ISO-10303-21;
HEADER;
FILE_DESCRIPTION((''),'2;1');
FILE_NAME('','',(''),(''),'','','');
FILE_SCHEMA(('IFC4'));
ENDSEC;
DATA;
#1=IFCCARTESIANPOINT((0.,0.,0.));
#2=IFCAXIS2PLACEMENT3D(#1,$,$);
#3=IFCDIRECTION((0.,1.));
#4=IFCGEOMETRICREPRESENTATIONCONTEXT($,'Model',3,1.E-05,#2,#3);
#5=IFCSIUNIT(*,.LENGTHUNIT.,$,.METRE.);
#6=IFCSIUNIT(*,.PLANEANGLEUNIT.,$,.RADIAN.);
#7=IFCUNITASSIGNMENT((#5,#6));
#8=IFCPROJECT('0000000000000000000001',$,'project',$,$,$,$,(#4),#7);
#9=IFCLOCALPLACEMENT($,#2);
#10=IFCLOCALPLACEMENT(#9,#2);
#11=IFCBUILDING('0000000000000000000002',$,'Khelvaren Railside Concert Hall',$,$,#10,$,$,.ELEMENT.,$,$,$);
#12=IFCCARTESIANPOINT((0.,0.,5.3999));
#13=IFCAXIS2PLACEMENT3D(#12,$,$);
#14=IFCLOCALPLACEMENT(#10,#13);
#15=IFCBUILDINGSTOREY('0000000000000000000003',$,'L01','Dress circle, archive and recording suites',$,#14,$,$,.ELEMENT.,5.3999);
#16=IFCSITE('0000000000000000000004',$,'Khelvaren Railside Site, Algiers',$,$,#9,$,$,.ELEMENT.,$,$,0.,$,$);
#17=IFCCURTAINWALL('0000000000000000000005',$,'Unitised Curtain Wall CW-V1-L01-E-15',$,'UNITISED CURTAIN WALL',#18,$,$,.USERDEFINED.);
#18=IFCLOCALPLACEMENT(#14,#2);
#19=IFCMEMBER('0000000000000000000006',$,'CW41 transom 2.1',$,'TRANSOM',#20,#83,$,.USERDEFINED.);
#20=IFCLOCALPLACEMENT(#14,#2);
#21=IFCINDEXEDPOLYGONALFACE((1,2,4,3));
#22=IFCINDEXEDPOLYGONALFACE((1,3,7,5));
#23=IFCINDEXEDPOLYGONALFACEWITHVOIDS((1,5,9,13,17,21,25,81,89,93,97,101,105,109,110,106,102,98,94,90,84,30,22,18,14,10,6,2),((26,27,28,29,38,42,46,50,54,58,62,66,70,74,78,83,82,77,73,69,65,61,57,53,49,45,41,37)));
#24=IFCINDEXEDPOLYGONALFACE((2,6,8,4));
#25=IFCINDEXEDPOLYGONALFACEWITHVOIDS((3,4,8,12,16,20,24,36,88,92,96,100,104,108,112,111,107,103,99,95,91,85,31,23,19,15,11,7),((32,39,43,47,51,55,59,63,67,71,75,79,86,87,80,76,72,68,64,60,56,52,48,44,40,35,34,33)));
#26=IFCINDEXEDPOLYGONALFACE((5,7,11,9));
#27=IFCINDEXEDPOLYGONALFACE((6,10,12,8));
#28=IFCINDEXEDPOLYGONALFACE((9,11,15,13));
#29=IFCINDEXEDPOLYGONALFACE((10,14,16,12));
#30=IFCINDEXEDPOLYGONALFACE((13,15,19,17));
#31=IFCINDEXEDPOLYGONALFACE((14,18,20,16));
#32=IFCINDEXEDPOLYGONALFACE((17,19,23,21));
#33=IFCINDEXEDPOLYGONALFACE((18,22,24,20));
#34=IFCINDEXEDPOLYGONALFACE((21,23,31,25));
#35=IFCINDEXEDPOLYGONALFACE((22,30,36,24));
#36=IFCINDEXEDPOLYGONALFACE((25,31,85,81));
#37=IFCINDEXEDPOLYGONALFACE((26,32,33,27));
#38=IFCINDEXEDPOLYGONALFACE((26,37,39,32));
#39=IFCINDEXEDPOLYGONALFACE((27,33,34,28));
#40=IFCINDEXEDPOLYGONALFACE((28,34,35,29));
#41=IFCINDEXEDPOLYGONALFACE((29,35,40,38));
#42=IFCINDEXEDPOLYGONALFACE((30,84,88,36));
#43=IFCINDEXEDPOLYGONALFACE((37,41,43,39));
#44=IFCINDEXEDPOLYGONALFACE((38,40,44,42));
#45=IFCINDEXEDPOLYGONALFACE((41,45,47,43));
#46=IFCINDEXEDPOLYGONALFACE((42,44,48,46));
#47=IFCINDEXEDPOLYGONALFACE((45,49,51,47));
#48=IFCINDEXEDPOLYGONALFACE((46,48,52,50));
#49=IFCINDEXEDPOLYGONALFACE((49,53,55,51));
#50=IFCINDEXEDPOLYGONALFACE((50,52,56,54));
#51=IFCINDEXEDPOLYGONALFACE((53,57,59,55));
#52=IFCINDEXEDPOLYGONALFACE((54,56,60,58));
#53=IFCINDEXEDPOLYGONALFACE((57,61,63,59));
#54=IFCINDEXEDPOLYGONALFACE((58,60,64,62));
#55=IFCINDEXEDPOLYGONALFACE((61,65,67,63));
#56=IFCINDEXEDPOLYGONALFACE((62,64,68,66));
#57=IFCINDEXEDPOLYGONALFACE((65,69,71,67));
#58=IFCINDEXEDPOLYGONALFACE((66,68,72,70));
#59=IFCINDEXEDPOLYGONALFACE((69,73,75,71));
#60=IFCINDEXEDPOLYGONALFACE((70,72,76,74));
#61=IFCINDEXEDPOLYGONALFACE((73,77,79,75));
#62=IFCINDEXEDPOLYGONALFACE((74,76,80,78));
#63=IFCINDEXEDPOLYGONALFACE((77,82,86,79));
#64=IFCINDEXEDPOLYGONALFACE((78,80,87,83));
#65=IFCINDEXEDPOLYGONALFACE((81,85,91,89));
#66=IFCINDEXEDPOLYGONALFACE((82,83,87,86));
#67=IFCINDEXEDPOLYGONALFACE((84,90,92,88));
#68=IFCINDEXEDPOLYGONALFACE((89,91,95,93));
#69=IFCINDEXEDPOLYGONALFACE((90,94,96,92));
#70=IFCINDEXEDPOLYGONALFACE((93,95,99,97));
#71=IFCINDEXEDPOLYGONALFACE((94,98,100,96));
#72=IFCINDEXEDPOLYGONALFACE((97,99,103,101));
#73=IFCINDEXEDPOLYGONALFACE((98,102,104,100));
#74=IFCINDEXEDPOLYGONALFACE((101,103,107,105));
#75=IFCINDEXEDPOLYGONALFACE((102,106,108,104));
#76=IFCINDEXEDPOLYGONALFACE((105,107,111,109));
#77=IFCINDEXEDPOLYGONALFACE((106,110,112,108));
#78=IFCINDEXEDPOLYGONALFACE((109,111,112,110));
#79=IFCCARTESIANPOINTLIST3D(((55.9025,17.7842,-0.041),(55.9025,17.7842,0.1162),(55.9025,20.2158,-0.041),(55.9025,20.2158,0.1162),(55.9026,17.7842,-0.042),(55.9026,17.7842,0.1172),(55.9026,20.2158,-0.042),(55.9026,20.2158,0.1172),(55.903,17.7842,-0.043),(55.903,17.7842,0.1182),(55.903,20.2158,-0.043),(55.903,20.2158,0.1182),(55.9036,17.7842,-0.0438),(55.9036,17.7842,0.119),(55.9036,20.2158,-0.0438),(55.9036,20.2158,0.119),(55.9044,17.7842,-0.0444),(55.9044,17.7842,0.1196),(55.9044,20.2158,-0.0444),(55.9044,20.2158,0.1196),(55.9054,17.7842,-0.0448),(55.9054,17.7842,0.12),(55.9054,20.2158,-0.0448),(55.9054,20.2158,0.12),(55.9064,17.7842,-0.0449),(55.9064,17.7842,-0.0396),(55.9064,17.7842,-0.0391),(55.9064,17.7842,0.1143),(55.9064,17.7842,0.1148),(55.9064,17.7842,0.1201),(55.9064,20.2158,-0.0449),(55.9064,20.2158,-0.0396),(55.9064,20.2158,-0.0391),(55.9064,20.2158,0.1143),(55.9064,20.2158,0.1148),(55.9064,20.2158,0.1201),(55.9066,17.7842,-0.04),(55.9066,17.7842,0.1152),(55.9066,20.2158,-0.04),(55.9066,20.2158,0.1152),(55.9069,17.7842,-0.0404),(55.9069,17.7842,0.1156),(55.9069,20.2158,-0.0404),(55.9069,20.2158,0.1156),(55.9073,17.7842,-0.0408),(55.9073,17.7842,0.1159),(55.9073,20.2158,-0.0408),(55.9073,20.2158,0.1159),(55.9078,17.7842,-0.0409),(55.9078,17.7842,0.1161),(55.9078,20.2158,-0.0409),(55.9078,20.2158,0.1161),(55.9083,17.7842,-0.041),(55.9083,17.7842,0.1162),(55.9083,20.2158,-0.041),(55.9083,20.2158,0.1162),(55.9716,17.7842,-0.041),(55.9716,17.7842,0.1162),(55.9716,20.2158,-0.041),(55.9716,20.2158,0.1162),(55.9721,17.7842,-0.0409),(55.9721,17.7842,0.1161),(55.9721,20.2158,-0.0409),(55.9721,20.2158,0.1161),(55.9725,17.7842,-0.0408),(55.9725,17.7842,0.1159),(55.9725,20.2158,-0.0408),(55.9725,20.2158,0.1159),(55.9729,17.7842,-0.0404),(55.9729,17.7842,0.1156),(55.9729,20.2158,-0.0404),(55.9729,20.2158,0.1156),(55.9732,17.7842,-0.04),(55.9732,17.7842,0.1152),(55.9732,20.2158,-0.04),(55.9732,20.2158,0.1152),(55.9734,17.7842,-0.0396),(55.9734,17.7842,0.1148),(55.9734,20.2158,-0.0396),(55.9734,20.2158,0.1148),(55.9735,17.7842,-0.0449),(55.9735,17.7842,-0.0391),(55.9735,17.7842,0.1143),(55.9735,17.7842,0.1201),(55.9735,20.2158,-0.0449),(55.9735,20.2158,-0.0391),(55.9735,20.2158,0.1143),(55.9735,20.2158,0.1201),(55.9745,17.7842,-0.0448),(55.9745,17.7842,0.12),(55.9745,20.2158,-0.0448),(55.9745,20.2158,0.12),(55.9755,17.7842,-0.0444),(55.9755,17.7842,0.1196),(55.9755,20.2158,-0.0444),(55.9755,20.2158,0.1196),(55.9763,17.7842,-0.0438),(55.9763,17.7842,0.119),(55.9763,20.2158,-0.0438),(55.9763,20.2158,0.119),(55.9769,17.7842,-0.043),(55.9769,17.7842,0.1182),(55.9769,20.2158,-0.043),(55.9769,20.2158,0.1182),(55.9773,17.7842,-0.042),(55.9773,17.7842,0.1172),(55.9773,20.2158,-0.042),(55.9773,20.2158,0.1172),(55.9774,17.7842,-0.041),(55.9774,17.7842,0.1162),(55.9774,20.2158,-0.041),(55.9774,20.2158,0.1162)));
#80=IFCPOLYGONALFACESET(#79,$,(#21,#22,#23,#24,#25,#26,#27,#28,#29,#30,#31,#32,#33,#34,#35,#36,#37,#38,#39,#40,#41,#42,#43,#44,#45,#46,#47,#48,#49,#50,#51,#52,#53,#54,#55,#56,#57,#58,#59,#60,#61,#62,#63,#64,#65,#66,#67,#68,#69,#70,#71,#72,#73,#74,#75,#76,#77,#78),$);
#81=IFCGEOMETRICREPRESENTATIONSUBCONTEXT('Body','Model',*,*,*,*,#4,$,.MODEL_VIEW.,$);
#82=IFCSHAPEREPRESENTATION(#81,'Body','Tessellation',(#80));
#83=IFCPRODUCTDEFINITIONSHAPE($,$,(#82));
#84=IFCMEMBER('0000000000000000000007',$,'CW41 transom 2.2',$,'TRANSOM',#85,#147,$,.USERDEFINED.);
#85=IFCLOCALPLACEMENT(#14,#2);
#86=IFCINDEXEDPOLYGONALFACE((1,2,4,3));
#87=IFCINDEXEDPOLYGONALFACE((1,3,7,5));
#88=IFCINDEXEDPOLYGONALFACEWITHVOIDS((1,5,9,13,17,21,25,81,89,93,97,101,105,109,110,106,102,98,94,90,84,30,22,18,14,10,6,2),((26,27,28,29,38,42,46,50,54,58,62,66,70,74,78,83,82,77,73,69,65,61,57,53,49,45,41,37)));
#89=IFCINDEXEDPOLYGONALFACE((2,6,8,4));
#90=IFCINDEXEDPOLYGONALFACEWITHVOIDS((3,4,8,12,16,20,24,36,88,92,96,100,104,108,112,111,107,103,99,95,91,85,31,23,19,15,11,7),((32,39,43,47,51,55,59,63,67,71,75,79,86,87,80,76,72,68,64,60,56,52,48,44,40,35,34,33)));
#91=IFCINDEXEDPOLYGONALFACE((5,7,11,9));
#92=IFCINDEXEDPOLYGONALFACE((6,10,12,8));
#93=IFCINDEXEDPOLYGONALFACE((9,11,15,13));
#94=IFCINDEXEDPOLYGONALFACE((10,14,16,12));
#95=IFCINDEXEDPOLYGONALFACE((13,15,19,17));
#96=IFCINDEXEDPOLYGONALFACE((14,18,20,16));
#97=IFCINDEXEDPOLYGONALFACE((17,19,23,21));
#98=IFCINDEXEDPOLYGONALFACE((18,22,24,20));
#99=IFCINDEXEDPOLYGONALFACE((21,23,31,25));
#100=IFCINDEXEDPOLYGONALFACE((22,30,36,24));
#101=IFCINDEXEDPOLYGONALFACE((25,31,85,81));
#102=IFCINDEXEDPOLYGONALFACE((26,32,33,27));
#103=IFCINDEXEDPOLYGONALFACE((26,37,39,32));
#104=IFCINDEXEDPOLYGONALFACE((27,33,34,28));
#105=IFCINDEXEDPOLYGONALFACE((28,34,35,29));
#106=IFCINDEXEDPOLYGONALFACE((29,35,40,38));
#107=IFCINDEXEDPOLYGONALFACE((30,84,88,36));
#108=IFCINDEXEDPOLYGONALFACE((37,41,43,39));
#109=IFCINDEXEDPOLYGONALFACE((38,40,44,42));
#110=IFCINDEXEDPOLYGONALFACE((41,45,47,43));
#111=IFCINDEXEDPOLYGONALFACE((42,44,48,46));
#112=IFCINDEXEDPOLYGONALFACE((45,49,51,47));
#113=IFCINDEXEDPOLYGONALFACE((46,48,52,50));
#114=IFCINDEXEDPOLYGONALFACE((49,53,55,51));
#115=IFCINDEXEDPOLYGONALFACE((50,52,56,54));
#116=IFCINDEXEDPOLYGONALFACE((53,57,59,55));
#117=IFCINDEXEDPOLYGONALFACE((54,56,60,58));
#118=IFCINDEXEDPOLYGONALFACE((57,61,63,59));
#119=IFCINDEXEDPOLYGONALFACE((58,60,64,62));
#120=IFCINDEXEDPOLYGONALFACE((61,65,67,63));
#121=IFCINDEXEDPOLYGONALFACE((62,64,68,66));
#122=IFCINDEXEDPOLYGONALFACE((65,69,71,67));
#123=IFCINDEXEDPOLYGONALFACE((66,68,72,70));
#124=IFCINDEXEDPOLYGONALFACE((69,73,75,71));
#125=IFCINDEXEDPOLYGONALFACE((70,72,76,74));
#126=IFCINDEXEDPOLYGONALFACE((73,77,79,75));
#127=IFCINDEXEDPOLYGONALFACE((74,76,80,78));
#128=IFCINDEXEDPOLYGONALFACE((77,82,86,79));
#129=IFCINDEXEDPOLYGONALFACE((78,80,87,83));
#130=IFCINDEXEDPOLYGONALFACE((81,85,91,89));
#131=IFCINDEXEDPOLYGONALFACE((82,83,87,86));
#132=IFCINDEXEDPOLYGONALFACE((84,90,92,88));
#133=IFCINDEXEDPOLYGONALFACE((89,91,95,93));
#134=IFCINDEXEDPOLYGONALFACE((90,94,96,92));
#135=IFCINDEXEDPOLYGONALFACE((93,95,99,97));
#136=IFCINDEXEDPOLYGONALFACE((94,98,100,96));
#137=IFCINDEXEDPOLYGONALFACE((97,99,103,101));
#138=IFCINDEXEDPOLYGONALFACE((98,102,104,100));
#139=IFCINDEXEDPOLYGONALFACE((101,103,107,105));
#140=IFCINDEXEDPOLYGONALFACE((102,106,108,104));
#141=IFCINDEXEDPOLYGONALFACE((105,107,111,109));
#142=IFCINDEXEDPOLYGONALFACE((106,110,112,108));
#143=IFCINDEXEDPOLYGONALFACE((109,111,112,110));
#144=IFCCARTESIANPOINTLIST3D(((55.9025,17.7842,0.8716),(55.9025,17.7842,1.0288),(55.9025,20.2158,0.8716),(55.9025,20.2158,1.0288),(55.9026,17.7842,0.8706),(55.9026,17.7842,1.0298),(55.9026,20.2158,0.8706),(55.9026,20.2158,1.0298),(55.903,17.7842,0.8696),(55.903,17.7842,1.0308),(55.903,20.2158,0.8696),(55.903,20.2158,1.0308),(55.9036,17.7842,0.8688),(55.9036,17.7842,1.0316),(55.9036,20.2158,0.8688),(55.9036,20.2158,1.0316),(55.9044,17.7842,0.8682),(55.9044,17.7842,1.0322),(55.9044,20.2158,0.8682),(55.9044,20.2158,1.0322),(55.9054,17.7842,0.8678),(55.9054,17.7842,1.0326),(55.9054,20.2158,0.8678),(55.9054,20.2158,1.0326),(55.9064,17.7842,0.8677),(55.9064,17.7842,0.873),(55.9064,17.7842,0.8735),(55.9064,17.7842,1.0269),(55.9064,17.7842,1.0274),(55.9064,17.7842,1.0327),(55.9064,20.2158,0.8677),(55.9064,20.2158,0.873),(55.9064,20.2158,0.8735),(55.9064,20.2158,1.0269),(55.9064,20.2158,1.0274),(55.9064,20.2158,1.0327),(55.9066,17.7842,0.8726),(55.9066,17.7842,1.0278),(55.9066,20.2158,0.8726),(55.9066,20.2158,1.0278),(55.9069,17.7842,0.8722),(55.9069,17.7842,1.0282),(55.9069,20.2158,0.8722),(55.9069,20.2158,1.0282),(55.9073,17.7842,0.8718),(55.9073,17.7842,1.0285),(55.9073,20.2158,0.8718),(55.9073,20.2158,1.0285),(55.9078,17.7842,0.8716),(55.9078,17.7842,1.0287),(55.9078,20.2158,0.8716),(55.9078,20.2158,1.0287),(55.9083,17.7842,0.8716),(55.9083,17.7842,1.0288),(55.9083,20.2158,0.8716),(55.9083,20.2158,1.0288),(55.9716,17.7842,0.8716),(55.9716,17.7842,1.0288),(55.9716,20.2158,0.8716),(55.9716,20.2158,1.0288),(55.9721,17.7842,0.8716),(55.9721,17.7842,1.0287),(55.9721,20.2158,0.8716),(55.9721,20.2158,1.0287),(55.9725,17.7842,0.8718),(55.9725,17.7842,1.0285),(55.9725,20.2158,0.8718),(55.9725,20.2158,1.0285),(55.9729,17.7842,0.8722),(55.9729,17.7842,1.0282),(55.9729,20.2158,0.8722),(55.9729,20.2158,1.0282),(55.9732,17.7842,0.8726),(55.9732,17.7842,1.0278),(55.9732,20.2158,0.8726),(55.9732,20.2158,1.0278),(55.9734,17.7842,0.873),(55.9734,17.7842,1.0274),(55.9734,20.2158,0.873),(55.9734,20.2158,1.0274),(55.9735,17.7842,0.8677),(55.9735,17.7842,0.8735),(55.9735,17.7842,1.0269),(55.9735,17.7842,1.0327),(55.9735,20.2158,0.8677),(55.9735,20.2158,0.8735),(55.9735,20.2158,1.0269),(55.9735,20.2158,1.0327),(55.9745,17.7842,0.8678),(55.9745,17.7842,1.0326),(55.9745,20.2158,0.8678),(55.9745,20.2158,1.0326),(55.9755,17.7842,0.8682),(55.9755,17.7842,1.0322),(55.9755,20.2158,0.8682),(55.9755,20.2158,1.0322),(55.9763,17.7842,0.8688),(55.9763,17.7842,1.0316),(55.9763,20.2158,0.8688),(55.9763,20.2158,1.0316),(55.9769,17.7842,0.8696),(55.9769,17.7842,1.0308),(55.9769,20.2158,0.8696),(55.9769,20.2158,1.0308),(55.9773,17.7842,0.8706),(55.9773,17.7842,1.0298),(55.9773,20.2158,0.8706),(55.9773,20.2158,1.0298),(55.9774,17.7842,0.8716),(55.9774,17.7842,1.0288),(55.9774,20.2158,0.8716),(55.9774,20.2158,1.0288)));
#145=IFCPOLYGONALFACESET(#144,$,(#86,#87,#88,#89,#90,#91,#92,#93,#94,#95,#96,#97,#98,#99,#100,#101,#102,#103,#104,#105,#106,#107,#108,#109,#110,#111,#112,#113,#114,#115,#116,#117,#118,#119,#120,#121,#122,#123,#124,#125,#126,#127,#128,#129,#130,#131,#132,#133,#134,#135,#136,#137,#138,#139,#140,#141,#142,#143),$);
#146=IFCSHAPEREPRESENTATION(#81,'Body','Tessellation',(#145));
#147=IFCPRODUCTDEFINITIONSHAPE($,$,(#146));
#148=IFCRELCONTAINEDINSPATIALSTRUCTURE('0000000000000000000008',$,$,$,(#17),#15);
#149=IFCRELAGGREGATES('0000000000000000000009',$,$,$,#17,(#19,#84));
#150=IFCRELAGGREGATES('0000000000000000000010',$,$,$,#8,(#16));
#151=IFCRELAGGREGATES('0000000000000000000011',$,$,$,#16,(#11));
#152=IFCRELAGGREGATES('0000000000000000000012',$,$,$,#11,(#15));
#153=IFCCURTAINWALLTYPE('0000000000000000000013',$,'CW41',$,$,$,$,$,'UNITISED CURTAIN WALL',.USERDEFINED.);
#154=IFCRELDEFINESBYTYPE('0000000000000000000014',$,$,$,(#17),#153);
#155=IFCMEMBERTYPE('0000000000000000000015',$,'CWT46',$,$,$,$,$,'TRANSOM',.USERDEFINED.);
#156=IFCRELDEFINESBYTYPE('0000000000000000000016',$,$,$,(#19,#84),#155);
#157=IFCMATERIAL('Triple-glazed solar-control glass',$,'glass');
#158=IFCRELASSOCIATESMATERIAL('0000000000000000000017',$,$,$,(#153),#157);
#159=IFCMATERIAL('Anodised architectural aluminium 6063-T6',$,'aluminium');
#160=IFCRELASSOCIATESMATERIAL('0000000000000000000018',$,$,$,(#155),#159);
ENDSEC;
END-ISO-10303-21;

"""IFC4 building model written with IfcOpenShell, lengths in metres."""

from ifc_helpers import new_model, si_unit, direction, frame, origin, origin_2d, place, context, subcontext, project, spatial, hollow_rectangle, extrude, material, material_profile, profile_set, type_object, element, aggregate, save


model = new_model("IFC4")

# Units and contexts
model_context = context("Model", 3, precision=1e-05, world=origin(), true_north=direction((0.0, 1.0)))
body_context = subcontext(model_context, "Body", "Model", "MODEL_VIEW")
ifc_project = project(units=[si_unit("LENGTHUNIT", "METRE"), si_unit("PLANEANGLEUNIT", "RADIAN")], contexts=[model_context])

# Site, building, storey
site_placement = place(None, origin())
site = spatial("IfcSite", under=ifc_project, at=site_placement, Name="Khelvaren Railside Site, Algiers", CompositionType="ELEMENT", RefElevation=0.0)
building_placement = place(site_placement, origin())
building = spatial("IfcBuilding", under=site, at=building_placement, Name="Khelvaren Railside Concert Hall", CompositionType="ELEMENT")
storey_placement = place(building_placement, frame((0.0, 0.0, 5.3999)))
storey = spatial("IfcBuildingStorey", under=building, at=storey_placement, Name="L01", Description="Dress circle, archive and recording suites", CompositionType="ELEMENT", Elevation=5.3999)

# Curtain wall, members
ifc_material_1 = material(Name="Triple-glazed solar-control glass", Category="glass")
curtain_wall_type = type_object("IfcCurtainWallType", Name="CW41", ElementType="UNITISED CURTAIN WALL", PredefinedType="USERDEFINED", material=ifc_material_1)
curtain_wall_placement = place(storey_placement, origin())
curtain_wall = element("IfcCurtainWall", 1, at=curtain_wall_placement, inside=storey, type_object=curtain_wall_type, Name="Unitised Curtain Wall CW-V1-L01-E-15", ObjectType="UNITISED CURTAIN WALL", PredefinedType="USERDEFINED")
ifc_material_2 = material(Name="Anodised architectural aluminium 6063-T6", Category="aluminium")
ifc_material_profile_1 = material_profile(ifc_material_2, hollow_rectangle(XDim=0.075, YDim=0.165, WallThickness=0.0039, InnerFilletRadius=0.002, OuterFilletRadius=0.0039, at=origin_2d()), Name="CWT 75x165x4")
ifc_profile_set_1 = profile_set([ifc_material_profile_1], Name="Anodised architectural aluminium 6063-T6")
member_type_1 = type_object("IfcMemberType", Name="CWT46", ElementType="TRANSOM", PredefinedType="USERDEFINED", material=ifc_profile_set_1)
member_1_placement = place(storey_placement, frame((55.9399, 20.2158, 0.0376), z_axis=(0.0, -1.0, 0.0), x_axis=(1.0, 0.0, 0.0)))
member_1 = element("IfcMember", 2, at=member_1_placement, type_object=member_type_1, Name="CW41 transom 2.1", ObjectType="TRANSOM", PredefinedType="USERDEFINED", context=body_context, shape_type="SweptSolid", body=[
    extrude(hollow_rectangle(XDim=0.075, YDim=0.165, WallThickness=0.0039, InnerFilletRadius=0.002, OuterFilletRadius=0.0039, at=origin_2d()), origin(), (0.0, 0.0, 1.0), 2.4316),
])
member_2_placement = place(storey_placement, frame((55.9399, 20.2158, 0.9502), z_axis=(0.0, -1.0, 0.0), x_axis=(1.0, 0.0, 0.0)))
member_2 = element("IfcMember", 3, at=member_2_placement, type_object=member_type_1, Name="CW41 transom 2.2", ObjectType="TRANSOM", PredefinedType="USERDEFINED", context=body_context, shape_type="SweptSolid", body=[
    extrude(hollow_rectangle(XDim=0.075, YDim=0.165, WallThickness=0.0039, InnerFilletRadius=0.002, OuterFilletRadius=0.0039, at=origin_2d()), origin(), (0.0, 0.0, 1.0), 2.4316),
])

aggregate(curtain_wall, [member_1, member_2])

save(model, "model.ifc")
